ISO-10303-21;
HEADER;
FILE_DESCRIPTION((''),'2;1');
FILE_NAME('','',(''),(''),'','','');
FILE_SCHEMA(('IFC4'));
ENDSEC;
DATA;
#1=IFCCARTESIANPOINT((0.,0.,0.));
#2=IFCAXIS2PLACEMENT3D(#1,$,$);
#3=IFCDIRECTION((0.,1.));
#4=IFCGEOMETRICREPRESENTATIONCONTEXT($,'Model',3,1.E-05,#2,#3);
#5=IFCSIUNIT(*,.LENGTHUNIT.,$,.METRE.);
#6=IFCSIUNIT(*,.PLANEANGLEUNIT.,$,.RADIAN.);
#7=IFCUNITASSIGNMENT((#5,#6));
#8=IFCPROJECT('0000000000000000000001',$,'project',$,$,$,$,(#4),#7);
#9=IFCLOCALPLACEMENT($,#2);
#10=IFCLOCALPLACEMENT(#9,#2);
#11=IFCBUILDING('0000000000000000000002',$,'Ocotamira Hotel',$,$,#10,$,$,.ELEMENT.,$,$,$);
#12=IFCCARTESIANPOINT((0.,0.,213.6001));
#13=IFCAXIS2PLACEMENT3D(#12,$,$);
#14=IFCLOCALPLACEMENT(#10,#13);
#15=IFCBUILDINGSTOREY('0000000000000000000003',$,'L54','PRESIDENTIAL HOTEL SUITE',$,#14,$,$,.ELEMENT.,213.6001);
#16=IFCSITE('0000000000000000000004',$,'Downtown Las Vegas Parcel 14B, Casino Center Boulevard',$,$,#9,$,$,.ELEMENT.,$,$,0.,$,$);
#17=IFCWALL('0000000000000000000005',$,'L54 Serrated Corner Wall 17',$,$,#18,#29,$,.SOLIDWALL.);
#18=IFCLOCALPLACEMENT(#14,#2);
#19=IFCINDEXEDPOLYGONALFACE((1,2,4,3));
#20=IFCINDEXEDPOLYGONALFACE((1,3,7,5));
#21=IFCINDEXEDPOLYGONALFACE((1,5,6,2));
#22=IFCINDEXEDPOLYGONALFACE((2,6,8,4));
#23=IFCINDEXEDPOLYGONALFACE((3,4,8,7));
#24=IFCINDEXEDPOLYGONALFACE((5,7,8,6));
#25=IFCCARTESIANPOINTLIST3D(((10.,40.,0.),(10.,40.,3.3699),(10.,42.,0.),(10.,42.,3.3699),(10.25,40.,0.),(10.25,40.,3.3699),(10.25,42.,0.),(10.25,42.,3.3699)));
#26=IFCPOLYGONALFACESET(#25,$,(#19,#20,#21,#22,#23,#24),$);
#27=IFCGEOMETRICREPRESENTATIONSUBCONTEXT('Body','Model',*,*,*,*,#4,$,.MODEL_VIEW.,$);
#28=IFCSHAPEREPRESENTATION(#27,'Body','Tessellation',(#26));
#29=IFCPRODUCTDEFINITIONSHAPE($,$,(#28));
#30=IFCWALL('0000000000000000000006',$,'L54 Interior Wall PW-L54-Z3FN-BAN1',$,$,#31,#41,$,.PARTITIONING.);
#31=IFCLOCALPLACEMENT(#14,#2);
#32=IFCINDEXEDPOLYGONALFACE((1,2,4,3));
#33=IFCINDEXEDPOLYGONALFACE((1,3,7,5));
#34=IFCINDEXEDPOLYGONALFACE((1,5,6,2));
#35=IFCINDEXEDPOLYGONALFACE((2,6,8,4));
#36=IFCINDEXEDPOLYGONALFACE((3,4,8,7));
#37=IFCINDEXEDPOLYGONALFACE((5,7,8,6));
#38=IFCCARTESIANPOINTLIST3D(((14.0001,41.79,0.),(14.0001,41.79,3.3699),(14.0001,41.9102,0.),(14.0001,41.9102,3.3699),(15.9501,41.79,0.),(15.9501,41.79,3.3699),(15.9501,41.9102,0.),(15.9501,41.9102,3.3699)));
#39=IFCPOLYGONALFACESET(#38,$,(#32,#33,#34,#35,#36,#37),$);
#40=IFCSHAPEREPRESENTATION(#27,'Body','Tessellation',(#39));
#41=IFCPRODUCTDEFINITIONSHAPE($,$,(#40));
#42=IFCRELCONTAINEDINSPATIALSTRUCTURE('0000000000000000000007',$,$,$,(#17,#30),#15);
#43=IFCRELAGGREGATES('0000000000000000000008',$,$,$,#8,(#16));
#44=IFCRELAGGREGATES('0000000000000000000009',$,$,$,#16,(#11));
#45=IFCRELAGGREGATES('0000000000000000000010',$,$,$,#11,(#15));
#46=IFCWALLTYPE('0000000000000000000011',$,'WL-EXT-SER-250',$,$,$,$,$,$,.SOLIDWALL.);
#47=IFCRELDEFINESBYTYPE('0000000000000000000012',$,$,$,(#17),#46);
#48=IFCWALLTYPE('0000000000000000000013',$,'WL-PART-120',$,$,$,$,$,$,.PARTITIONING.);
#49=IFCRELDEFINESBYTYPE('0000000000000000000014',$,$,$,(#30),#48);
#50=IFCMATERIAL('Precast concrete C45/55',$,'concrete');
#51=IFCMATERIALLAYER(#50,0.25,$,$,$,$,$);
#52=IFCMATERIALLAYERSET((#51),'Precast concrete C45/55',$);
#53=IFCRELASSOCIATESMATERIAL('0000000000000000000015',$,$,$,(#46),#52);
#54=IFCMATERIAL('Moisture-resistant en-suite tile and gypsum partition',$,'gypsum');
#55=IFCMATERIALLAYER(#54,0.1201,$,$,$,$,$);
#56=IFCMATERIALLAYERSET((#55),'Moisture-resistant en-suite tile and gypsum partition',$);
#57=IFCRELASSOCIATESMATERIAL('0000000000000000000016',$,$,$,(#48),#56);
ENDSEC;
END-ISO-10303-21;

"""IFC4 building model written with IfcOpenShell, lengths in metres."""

from ifc_helpers import new_model, si_unit, direction, frame, frame_2d, origin, place, context, subcontext, project, spatial, rectangle, extrude, material, layer, layer_set, type_object, element, save


model = new_model("IFC4")

# Units and contexts
model_context = context("Model", 3, precision=1e-05, world=origin(), true_north=direction((0.0, 1.0)))
body_context = subcontext(model_context, "Body", "Model", "MODEL_VIEW")
ifc_project = project(units=[si_unit("LENGTHUNIT", "METRE"), si_unit("PLANEANGLEUNIT", "RADIAN")], contexts=[model_context])

# Site, building, storey
site_placement = place(None, origin())
site = spatial("IfcSite", under=ifc_project, at=site_placement, Name="Downtown Las Vegas Parcel 14B, Casino Center Boulevard", CompositionType="ELEMENT", RefElevation=0.0)
building_placement = place(site_placement, origin())
building = spatial("IfcBuilding", under=site, at=building_placement, Name="Ocotamira Hotel", CompositionType="ELEMENT")
storey_placement = place(building_placement, frame((0.0, 0.0, 213.6001)))
storey = spatial("IfcBuildingStorey", under=building, at=storey_placement, Name="L54", Description="PRESIDENTIAL HOTEL SUITE", CompositionType="ELEMENT", Elevation=213.6001)

# Shared definitions
ifc_material_1 = material(Name="Precast concrete C45/55", Category="concrete")
ifc_layer_1 = layer(ifc_material_1, 0.25)
ifc_layer_set_1 = layer_set([ifc_layer_1], Name="Precast concrete C45/55")
wall_type_1 = type_object("IfcWallType", Name="WL-EXT-SER-250", PredefinedType="SOLIDWALL", material=ifc_layer_set_1)

# Walls
for number, where, z_axis, x_axis, name in (
    (1, (10.125, 42.0, 0.0), (0.0, 0.0, 1.0), (0.0, -1.0, 0.0), "L54 Serrated Corner Wall 17"),
):
    element("IfcWall", number, at=place(storey_placement, frame(where, z_axis=z_axis, x_axis=x_axis)), inside=storey, type_object=wall_type_1, Name=name, PredefinedType="SOLIDWALL", context=body_context, shape_type="SweptSolid", body=[
        extrude(rectangle(XDim=2.0, YDim=0.25, at=frame_2d((1.0, 0.0))), origin(), (0.0, 0.0, 1.0), 3.3699),
    ])
ifc_material_2 = material(Name="Moisture-resistant en-suite tile and gypsum partition", Category="gypsum")
ifc_layer_2 = layer(ifc_material_2, 0.1201)
ifc_layer_set_2 = layer_set([ifc_layer_2], Name="Moisture-resistant en-suite tile and gypsum partition")
wall_type_2 = type_object("IfcWallType", Name="WL-PART-120", PredefinedType="PARTITIONING", material=ifc_layer_set_2)
wall_1_placement = place(storey_placement, frame((14.0, 41.8501, 0.0), z_axis=(0.0, 0.0, 1.0), x_axis=(1.0, 0.0, 0.0)))
element("IfcWall", 2, at=wall_1_placement, inside=storey, type_object=wall_type_2, Name="L54 Interior Wall PW-L54-Z3FN-BAN1", PredefinedType="PARTITIONING", context=body_context, shape_type="SweptSolid", body=[
    extrude(rectangle(XDim=1.95, YDim=0.1201, at=frame_2d((0.9751, 0.0))), origin(), (0.0, 0.0, 1.0), 3.3699),
])

save(model, "model.ifc")
